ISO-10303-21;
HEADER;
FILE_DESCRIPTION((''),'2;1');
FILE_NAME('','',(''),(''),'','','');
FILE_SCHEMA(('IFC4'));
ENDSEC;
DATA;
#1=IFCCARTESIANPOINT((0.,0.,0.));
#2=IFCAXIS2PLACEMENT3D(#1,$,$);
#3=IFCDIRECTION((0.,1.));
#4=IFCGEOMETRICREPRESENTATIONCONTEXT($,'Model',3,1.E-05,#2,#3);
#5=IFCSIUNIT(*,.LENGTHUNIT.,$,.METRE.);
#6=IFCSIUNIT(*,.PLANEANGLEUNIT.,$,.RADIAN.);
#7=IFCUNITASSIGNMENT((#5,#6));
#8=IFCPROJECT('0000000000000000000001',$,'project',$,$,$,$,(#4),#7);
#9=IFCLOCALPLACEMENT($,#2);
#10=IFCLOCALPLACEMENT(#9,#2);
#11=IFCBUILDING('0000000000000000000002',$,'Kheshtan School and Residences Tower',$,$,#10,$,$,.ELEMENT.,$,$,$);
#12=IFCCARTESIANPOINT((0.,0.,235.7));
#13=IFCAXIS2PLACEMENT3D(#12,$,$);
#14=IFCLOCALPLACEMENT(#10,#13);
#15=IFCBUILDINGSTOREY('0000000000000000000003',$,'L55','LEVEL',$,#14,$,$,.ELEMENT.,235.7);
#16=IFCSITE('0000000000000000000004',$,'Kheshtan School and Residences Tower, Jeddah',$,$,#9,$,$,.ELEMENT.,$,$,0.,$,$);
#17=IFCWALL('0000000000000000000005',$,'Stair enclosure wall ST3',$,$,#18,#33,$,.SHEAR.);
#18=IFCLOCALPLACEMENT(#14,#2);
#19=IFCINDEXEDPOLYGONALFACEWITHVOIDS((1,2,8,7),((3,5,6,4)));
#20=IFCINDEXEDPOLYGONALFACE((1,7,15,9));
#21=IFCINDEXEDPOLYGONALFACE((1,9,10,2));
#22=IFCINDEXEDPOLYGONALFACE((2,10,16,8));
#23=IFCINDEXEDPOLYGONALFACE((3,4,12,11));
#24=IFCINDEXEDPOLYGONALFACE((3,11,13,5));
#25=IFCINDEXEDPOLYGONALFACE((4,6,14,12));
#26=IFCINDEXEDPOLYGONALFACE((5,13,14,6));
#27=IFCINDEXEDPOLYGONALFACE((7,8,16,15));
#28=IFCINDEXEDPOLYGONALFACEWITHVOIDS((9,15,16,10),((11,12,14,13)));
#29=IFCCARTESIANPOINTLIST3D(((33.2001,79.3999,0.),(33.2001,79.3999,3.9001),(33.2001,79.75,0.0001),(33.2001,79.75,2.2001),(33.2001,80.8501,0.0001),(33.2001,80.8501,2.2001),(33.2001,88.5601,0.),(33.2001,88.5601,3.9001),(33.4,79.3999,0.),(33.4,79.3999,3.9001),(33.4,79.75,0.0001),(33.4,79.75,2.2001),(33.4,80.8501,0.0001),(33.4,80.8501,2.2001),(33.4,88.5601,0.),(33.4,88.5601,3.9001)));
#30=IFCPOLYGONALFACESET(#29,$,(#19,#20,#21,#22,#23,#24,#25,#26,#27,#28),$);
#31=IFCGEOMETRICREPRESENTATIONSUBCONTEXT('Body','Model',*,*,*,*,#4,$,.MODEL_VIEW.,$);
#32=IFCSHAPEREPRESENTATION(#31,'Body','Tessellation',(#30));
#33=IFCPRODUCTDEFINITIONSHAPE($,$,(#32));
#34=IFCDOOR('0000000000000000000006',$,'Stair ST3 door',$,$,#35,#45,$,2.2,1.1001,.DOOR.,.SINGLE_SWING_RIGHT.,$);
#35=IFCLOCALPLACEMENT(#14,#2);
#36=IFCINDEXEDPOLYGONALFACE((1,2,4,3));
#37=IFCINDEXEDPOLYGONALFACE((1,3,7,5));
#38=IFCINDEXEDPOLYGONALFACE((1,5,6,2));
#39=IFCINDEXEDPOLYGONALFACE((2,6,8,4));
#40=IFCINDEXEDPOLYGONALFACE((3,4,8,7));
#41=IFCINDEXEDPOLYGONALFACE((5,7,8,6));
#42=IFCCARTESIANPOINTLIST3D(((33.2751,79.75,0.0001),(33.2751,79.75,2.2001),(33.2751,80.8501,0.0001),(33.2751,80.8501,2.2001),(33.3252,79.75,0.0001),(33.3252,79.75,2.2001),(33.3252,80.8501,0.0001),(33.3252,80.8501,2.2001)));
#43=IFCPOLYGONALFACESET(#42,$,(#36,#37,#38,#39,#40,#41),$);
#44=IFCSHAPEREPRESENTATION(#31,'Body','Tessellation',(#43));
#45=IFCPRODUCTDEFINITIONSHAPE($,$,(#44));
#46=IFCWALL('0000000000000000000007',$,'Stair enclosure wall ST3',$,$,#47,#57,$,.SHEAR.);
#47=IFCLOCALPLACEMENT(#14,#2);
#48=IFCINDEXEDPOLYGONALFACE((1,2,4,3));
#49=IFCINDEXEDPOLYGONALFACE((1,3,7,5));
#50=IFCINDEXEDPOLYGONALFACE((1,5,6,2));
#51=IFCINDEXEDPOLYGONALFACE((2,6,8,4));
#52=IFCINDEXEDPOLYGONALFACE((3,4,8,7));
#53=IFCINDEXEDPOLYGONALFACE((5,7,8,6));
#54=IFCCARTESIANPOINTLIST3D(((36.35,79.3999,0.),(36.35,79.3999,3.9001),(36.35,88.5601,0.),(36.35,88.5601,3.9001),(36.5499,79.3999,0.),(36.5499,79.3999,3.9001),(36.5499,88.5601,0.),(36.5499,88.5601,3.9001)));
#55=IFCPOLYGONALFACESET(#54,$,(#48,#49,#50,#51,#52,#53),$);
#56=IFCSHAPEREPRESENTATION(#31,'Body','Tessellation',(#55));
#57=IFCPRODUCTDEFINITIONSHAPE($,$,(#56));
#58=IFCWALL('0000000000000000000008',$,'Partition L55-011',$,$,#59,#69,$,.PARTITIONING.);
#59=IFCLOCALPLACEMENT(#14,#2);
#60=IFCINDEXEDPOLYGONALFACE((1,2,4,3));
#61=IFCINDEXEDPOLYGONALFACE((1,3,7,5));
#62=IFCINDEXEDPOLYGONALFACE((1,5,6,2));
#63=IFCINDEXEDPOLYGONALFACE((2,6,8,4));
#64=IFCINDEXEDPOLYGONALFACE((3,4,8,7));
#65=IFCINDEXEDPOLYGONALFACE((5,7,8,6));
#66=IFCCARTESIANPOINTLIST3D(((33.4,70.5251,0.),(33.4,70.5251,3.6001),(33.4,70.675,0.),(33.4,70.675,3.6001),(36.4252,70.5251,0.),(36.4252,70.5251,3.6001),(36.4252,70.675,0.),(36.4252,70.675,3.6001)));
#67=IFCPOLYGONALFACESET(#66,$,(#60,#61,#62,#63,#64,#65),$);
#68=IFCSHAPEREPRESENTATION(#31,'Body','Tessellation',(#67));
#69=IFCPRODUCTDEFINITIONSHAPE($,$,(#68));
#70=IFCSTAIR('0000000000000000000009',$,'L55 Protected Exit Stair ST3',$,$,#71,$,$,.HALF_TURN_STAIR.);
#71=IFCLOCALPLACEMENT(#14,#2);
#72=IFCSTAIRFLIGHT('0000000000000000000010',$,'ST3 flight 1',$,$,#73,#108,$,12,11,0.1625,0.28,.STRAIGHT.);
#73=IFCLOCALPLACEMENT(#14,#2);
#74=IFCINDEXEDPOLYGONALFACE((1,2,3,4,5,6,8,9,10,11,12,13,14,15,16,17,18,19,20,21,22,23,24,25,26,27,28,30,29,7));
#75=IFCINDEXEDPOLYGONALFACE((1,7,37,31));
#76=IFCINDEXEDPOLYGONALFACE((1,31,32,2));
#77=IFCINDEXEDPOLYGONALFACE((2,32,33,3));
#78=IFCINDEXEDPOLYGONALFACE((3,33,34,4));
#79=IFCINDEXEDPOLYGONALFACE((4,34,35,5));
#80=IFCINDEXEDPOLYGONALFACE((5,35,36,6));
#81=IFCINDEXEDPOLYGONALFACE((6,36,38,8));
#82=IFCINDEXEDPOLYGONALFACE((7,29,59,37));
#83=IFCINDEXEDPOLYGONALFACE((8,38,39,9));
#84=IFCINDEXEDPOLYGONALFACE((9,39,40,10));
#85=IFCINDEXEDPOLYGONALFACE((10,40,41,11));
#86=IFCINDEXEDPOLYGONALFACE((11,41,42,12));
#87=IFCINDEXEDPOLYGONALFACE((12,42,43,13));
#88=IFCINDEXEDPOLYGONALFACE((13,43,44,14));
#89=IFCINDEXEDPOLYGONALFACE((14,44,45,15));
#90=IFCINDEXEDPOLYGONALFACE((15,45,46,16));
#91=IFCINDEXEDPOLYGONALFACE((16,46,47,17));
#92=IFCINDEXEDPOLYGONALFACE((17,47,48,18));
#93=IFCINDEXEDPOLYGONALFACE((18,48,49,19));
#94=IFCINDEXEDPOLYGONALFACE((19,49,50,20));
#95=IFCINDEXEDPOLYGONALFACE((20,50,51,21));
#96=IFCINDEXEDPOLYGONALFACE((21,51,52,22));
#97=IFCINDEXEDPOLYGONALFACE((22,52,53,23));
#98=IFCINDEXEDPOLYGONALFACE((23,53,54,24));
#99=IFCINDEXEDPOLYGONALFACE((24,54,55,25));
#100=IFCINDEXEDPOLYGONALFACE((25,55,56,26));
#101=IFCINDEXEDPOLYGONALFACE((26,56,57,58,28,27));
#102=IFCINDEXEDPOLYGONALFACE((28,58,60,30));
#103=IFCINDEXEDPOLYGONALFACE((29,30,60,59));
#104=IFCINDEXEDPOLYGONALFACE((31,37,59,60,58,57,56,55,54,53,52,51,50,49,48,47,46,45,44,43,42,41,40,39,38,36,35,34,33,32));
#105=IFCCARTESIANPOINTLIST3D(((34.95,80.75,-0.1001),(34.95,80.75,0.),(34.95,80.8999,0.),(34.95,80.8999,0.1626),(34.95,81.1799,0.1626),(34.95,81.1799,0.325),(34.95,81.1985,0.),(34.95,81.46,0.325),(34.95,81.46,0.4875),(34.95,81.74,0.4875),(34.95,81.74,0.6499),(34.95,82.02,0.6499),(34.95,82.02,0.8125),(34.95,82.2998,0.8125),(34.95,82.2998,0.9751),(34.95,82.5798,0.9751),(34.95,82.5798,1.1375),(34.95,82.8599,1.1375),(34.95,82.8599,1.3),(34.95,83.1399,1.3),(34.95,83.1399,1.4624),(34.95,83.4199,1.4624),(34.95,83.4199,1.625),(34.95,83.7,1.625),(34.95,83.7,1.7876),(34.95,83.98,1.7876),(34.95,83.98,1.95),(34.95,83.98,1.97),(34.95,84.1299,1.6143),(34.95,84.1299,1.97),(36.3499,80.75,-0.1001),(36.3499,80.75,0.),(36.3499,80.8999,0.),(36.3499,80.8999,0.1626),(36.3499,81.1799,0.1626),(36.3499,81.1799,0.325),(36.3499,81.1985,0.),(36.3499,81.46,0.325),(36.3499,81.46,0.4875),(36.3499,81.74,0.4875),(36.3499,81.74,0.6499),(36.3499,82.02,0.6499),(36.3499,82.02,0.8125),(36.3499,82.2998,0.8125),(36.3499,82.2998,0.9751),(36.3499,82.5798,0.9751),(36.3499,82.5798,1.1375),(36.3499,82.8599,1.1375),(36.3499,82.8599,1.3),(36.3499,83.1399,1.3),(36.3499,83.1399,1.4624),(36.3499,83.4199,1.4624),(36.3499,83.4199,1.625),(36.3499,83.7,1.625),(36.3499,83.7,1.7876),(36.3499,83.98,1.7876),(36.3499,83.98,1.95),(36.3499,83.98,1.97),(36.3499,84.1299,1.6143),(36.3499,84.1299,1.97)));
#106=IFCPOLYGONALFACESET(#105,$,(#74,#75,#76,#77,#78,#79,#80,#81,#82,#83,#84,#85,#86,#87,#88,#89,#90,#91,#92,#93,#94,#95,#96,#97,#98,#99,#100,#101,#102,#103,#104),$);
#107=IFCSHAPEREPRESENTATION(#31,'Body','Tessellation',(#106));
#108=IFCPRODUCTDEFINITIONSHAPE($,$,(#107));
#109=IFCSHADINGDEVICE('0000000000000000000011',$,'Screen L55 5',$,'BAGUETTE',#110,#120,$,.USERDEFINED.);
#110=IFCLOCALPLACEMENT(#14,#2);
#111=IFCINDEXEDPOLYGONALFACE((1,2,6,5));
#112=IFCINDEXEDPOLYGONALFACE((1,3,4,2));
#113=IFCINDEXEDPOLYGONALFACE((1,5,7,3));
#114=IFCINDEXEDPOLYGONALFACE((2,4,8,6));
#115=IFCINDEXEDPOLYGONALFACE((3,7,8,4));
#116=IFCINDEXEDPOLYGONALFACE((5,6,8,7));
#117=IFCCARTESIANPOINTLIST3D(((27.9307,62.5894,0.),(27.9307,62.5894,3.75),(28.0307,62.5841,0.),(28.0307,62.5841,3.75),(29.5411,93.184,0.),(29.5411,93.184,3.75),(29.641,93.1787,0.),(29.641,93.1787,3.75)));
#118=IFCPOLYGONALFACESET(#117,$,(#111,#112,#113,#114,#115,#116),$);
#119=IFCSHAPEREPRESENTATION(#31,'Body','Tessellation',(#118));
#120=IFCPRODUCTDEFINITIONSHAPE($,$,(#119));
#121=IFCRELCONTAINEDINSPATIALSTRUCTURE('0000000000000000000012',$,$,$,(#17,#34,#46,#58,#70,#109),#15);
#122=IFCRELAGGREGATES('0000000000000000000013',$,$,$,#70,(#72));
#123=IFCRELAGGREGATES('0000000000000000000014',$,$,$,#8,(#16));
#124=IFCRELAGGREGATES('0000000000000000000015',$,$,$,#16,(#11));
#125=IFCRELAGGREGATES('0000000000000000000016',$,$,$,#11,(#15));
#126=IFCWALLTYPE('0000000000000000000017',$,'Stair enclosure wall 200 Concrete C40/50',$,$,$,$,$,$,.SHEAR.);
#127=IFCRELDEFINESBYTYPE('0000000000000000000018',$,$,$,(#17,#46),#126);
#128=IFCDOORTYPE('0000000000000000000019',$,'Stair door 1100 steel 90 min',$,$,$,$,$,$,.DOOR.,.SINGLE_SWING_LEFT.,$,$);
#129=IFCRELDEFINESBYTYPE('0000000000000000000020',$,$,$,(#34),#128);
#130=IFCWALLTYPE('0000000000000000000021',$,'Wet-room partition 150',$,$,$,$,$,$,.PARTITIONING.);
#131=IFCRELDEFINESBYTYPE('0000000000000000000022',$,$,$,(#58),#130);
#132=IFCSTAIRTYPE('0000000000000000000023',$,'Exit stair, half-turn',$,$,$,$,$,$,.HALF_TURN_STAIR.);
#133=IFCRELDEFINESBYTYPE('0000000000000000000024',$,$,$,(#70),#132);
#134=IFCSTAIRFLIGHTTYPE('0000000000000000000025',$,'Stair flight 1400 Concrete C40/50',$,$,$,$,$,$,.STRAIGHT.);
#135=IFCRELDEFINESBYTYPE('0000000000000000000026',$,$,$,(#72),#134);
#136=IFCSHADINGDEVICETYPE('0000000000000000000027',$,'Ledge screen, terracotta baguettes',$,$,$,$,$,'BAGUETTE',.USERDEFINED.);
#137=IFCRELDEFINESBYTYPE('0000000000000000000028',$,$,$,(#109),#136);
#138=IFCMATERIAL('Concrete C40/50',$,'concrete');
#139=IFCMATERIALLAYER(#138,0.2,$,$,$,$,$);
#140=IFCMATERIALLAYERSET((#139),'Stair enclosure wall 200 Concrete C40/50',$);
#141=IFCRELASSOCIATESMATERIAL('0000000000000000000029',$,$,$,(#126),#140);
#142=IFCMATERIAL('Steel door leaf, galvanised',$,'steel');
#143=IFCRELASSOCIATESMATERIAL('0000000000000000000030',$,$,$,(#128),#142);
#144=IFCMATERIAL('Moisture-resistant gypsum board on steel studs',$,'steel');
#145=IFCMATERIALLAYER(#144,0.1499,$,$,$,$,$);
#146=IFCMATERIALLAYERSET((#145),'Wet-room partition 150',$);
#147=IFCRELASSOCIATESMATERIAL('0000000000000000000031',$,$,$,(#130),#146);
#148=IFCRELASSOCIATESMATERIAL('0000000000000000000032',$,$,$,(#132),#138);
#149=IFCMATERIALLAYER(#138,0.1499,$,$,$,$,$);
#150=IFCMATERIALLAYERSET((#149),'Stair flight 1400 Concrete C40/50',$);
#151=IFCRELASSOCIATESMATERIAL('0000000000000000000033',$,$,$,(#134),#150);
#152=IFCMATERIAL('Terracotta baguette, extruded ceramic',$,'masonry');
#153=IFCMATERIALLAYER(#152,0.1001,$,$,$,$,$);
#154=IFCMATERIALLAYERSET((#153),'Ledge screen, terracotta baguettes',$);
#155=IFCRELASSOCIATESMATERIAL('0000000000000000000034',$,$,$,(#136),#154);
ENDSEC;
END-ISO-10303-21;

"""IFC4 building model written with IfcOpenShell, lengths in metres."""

from ifc_helpers import new_model, si_unit, direction, frame, frame_2d, origin, origin_2d, place, context, subcontext, project, spatial, polyline, rectangle, outline, extrude, source, transform, mapped, material, layer, layer_set, type_object, element, fill, aggregate, save


model = new_model("IFC4")

# Units and contexts
model_context = context("Model", 3, precision=1e-05, world=origin(), true_north=direction((0.0, 1.0)))
body_context = subcontext(model_context, "Body", "Model", "MODEL_VIEW")
ifc_project = project(units=[si_unit("LENGTHUNIT", "METRE"), si_unit("PLANEANGLEUNIT", "RADIAN")], contexts=[model_context])

# Site, building, storey
site_placement = place(None, origin())
site = spatial("IfcSite", under=ifc_project, at=site_placement, Name="Kheshtan School and Residences Tower, Jeddah", CompositionType="ELEMENT", RefElevation=0.0)
building_placement = place(site_placement, origin())
building = spatial("IfcBuilding", under=site, at=building_placement, Name="Kheshtan School and Residences Tower", CompositionType="ELEMENT")
storey_placement = place(building_placement, frame((0.0, 0.0, 235.7)))
storey = spatial("IfcBuildingStorey", under=building, at=storey_placement, Name="L55", Description="LEVEL", CompositionType="ELEMENT", Elevation=235.7)

# Shared definitions
ifc_material_1 = material(Name="Concrete C40/50", Category="concrete")
ifc_layer_1 = layer(ifc_material_1, 0.2)
ifc_layer_set_1 = layer_set([ifc_layer_1], Name="Stair enclosure wall 200 Concrete C40/50")
wall_type_1 = type_object("IfcWallType", Name="Stair enclosure wall 200 Concrete C40/50", PredefinedType="SHEAR", material=ifc_layer_set_1)

# Wall, opening, door
wall_1_placement = place(storey_placement, frame((33.3, 79.3999, 0.0), z_axis=(0.0, 0.0, 1.0), x_axis=(0.0, 1.0, 0.0)))
wall_1 = element("IfcWall", 1, at=wall_1_placement, inside=storey, type_object=wall_type_1, Name="Stair enclosure wall ST3", PredefinedType="SHEAR", context=body_context, shape_type="SweptSolid", body=[
    extrude(rectangle(XDim=9.1602, YDim=0.2, at=frame_2d((4.5801, 0.0))), origin(), (0.0, 0.0, 1.0), 3.9001),
])
opening_1_placement = place(wall_1_placement, frame((0.3501, 0.0, 0.0)))
opening_1 = element("IfcOpeningElement", 2, at=opening_1_placement, cuts=wall_1, PredefinedType="OPENING", context=body_context, shape_type="SweptSolid", body=[
    extrude(rectangle(XDim=1.1001, YDim=2.2, at=frame_2d((0.55, 1.1001))), frame((0.0, 0.1099, 0.0), z_axis=(0.0, -1.0, 0.0), x_axis=(1.0, 0.0, 0.0)), (0.0, 0.0, 1.0), 0.22),
])
ifc_material_2 = material(Name="Steel door leaf, galvanised", Category="steel")
door_type_1 = type_object("IfcDoorType", Name="Stair door 1100 steel 90 min", OperationType="SINGLE_SWING_LEFT", PredefinedType="DOOR", material=ifc_material_2)
shared_shape_1 = source(origin(), body_context, "Body", "SweptSolid", [
    extrude(rectangle(XDim=1.1001, YDim=2.2, at=frame_2d((0.55, 1.1001))), frame((0.0, 0.0249, 0.0), z_axis=(0.0, -1.0, 0.0), x_axis=(1.0, 0.0, 0.0)), (0.0, 0.0, 1.0), 0.05),
])
door_1_placement = place(opening_1_placement, origin())
door_1 = element("IfcDoor", 3, at=door_1_placement, inside=storey, type_object=door_type_1, Name="Stair ST3 door", OperationType="SINGLE_SWING_RIGHT", OverallHeight=2.2, OverallWidth=1.1001, PredefinedType="DOOR", context=body_context, shape_type="MappedRepresentation", body=[
    mapped(shared_shape_1, transform((0.0, 0.0, 0.0), x_axis=(1.0, 0.0, 0.0), y_axis=(0.0, 1.0, 0.0), z_axis=(0.0, 0.0, 1.0), scale=1.0)),
])
fill(opening_1, door_1)

# Walls
wall_2_placement = place(storey_placement, frame((36.45, 79.3999, 0.0), z_axis=(0.0, 0.0, 1.0), x_axis=(0.0, 1.0, 0.0)))
element("IfcWall", 4, at=wall_2_placement, inside=storey, type_object=wall_type_1, Name="Stair enclosure wall ST3", PredefinedType="SHEAR", context=body_context, shape_type="SweptSolid", body=[
    extrude(rectangle(XDim=9.1602, YDim=0.2, at=frame_2d((4.5801, 0.0))), origin(), (0.0, 0.0, 1.0), 3.9001),
])
ifc_material_3 = material(Name="Moisture-resistant gypsum board on steel studs", Category="steel")
ifc_layer_2 = layer(ifc_material_3, 0.1499)
ifc_layer_set_2 = layer_set([ifc_layer_2], Name="Wet-room partition 150")
wall_type_2 = type_object("IfcWallType", Name="Wet-room partition 150", PredefinedType="PARTITIONING", material=ifc_layer_set_2)
wall_3_placement = place(storey_placement, frame((33.3999, 70.6001, 0.0), z_axis=(0.0, 0.0, 1.0), x_axis=(1.0, 0.0, 0.0)))
element("IfcWall", 5, at=wall_3_placement, inside=storey, type_object=wall_type_2, Name="Partition L55-011", PredefinedType="PARTITIONING", context=body_context, shape_type="SweptSolid", body=[
    extrude(rectangle(XDim=3.0251, YDim=0.1499, at=frame_2d((1.5127, 0.0))), origin(), (0.0, 0.0, 1.0), 3.6001),
])

# Stair, stair flight
stair_type = type_object("IfcStairType", Name="Exit stair, half-turn", PredefinedType="HALF_TURN_STAIR", material=ifc_material_1)
stair_placement = place(storey_placement, origin())
stair = element("IfcStair", 6, at=stair_placement, inside=storey, type_object=stair_type, Name="L55 Protected Exit Stair ST3", PredefinedType="HALF_TURN_STAIR")
ifc_layer_3 = layer(ifc_material_1, 0.1499)
ifc_layer_set_3 = layer_set([ifc_layer_3], Name="Stair flight 1400 Concrete C40/50")
stair_flight_type = type_object("IfcStairFlightType", Name="Stair flight 1400 Concrete C40/50", PredefinedType="STRAIGHT", material=ifc_layer_set_3)
stair_flight_placement = place(storey_placement, frame((35.6499, 80.8999, 0.0), z_axis=(0.0, 0.0, 1.0), x_axis=(0.0, 1.0, 0.0)))
stair_flight = element("IfcStairFlight", 7, at=stair_flight_placement, type_object=stair_flight_type, Name="ST3 flight 1", NumberOfRisers=12, NumberOfTreads=11, PredefinedType="STRAIGHT", RiserHeight=0.1625, TreadLength=0.28, context=body_context, shape_type="SweptSolid", body=[
    extrude(outline(polyline([(-0.1499, -0.1001), (-0.1499, 0.0), (0.0, 0.0), (0.0, 0.1626), (0.28, 0.1626), (0.28, 0.325), (0.5601, 0.325), (0.5601, 0.4875), (0.8401, 0.4875), (0.8401, 0.6499), (1.1201, 0.6499), (1.1201, 0.8125), (1.3999, 0.8125), (1.3999, 0.9751), (1.6799, 0.9751), (1.6799, 1.1375), (1.96, 1.1375), (1.96, 1.3), (2.24, 1.3), (2.24, 1.4624), (2.52, 1.4624), (2.52, 1.625), (2.8, 1.625), (2.8, 1.7876), (3.0801, 1.7876), (3.0801, 1.95), (3.0801, 1.97), (3.23, 1.97), (3.23, 1.6143), (0.2986, 0.0), (-0.1499, -0.1001)])), frame((0.0, 0.7, 0.0), z_axis=(0.0, -1.0, 0.0), x_axis=(1.0, 0.0, 0.0)), (0.0, 0.0, 1.0), 1.3999),
])
aggregate(stair, [stair_flight])

# Shading device
ifc_material_4 = material(Name="Terracotta baguette, extruded ceramic", Category="masonry")
ifc_layer_4 = layer(ifc_material_4, 0.1001)
ifc_layer_set_4 = layer_set([ifc_layer_4], Name="Ledge screen, terracotta baguettes")
shading_device_type = type_object("IfcShadingDeviceType", Name="Ledge screen, terracotta baguettes", ElementType="BAGUETTE", PredefinedType="USERDEFINED", material=ifc_layer_set_4)
shading_device_placement = place(storey_placement, frame((28.7859, 77.884, 0.0), z_axis=(0.0, 0.0, 1.0), x_axis=(0.052563, 0.998618, 0.0)))
element("IfcShadingDevice", 8, at=shading_device_placement, inside=storey, type_object=shading_device_type, Name="Screen L55 5", ObjectType="BAGUETTE", PredefinedType="USERDEFINED", context=body_context, shape_type="SweptSolid", body=[
    extrude(rectangle(XDim=30.637, YDim=0.1001, at=origin_2d()), origin(), (0.0, 0.0, 1.0), 3.75),
])

save(model, "model.ifc")
